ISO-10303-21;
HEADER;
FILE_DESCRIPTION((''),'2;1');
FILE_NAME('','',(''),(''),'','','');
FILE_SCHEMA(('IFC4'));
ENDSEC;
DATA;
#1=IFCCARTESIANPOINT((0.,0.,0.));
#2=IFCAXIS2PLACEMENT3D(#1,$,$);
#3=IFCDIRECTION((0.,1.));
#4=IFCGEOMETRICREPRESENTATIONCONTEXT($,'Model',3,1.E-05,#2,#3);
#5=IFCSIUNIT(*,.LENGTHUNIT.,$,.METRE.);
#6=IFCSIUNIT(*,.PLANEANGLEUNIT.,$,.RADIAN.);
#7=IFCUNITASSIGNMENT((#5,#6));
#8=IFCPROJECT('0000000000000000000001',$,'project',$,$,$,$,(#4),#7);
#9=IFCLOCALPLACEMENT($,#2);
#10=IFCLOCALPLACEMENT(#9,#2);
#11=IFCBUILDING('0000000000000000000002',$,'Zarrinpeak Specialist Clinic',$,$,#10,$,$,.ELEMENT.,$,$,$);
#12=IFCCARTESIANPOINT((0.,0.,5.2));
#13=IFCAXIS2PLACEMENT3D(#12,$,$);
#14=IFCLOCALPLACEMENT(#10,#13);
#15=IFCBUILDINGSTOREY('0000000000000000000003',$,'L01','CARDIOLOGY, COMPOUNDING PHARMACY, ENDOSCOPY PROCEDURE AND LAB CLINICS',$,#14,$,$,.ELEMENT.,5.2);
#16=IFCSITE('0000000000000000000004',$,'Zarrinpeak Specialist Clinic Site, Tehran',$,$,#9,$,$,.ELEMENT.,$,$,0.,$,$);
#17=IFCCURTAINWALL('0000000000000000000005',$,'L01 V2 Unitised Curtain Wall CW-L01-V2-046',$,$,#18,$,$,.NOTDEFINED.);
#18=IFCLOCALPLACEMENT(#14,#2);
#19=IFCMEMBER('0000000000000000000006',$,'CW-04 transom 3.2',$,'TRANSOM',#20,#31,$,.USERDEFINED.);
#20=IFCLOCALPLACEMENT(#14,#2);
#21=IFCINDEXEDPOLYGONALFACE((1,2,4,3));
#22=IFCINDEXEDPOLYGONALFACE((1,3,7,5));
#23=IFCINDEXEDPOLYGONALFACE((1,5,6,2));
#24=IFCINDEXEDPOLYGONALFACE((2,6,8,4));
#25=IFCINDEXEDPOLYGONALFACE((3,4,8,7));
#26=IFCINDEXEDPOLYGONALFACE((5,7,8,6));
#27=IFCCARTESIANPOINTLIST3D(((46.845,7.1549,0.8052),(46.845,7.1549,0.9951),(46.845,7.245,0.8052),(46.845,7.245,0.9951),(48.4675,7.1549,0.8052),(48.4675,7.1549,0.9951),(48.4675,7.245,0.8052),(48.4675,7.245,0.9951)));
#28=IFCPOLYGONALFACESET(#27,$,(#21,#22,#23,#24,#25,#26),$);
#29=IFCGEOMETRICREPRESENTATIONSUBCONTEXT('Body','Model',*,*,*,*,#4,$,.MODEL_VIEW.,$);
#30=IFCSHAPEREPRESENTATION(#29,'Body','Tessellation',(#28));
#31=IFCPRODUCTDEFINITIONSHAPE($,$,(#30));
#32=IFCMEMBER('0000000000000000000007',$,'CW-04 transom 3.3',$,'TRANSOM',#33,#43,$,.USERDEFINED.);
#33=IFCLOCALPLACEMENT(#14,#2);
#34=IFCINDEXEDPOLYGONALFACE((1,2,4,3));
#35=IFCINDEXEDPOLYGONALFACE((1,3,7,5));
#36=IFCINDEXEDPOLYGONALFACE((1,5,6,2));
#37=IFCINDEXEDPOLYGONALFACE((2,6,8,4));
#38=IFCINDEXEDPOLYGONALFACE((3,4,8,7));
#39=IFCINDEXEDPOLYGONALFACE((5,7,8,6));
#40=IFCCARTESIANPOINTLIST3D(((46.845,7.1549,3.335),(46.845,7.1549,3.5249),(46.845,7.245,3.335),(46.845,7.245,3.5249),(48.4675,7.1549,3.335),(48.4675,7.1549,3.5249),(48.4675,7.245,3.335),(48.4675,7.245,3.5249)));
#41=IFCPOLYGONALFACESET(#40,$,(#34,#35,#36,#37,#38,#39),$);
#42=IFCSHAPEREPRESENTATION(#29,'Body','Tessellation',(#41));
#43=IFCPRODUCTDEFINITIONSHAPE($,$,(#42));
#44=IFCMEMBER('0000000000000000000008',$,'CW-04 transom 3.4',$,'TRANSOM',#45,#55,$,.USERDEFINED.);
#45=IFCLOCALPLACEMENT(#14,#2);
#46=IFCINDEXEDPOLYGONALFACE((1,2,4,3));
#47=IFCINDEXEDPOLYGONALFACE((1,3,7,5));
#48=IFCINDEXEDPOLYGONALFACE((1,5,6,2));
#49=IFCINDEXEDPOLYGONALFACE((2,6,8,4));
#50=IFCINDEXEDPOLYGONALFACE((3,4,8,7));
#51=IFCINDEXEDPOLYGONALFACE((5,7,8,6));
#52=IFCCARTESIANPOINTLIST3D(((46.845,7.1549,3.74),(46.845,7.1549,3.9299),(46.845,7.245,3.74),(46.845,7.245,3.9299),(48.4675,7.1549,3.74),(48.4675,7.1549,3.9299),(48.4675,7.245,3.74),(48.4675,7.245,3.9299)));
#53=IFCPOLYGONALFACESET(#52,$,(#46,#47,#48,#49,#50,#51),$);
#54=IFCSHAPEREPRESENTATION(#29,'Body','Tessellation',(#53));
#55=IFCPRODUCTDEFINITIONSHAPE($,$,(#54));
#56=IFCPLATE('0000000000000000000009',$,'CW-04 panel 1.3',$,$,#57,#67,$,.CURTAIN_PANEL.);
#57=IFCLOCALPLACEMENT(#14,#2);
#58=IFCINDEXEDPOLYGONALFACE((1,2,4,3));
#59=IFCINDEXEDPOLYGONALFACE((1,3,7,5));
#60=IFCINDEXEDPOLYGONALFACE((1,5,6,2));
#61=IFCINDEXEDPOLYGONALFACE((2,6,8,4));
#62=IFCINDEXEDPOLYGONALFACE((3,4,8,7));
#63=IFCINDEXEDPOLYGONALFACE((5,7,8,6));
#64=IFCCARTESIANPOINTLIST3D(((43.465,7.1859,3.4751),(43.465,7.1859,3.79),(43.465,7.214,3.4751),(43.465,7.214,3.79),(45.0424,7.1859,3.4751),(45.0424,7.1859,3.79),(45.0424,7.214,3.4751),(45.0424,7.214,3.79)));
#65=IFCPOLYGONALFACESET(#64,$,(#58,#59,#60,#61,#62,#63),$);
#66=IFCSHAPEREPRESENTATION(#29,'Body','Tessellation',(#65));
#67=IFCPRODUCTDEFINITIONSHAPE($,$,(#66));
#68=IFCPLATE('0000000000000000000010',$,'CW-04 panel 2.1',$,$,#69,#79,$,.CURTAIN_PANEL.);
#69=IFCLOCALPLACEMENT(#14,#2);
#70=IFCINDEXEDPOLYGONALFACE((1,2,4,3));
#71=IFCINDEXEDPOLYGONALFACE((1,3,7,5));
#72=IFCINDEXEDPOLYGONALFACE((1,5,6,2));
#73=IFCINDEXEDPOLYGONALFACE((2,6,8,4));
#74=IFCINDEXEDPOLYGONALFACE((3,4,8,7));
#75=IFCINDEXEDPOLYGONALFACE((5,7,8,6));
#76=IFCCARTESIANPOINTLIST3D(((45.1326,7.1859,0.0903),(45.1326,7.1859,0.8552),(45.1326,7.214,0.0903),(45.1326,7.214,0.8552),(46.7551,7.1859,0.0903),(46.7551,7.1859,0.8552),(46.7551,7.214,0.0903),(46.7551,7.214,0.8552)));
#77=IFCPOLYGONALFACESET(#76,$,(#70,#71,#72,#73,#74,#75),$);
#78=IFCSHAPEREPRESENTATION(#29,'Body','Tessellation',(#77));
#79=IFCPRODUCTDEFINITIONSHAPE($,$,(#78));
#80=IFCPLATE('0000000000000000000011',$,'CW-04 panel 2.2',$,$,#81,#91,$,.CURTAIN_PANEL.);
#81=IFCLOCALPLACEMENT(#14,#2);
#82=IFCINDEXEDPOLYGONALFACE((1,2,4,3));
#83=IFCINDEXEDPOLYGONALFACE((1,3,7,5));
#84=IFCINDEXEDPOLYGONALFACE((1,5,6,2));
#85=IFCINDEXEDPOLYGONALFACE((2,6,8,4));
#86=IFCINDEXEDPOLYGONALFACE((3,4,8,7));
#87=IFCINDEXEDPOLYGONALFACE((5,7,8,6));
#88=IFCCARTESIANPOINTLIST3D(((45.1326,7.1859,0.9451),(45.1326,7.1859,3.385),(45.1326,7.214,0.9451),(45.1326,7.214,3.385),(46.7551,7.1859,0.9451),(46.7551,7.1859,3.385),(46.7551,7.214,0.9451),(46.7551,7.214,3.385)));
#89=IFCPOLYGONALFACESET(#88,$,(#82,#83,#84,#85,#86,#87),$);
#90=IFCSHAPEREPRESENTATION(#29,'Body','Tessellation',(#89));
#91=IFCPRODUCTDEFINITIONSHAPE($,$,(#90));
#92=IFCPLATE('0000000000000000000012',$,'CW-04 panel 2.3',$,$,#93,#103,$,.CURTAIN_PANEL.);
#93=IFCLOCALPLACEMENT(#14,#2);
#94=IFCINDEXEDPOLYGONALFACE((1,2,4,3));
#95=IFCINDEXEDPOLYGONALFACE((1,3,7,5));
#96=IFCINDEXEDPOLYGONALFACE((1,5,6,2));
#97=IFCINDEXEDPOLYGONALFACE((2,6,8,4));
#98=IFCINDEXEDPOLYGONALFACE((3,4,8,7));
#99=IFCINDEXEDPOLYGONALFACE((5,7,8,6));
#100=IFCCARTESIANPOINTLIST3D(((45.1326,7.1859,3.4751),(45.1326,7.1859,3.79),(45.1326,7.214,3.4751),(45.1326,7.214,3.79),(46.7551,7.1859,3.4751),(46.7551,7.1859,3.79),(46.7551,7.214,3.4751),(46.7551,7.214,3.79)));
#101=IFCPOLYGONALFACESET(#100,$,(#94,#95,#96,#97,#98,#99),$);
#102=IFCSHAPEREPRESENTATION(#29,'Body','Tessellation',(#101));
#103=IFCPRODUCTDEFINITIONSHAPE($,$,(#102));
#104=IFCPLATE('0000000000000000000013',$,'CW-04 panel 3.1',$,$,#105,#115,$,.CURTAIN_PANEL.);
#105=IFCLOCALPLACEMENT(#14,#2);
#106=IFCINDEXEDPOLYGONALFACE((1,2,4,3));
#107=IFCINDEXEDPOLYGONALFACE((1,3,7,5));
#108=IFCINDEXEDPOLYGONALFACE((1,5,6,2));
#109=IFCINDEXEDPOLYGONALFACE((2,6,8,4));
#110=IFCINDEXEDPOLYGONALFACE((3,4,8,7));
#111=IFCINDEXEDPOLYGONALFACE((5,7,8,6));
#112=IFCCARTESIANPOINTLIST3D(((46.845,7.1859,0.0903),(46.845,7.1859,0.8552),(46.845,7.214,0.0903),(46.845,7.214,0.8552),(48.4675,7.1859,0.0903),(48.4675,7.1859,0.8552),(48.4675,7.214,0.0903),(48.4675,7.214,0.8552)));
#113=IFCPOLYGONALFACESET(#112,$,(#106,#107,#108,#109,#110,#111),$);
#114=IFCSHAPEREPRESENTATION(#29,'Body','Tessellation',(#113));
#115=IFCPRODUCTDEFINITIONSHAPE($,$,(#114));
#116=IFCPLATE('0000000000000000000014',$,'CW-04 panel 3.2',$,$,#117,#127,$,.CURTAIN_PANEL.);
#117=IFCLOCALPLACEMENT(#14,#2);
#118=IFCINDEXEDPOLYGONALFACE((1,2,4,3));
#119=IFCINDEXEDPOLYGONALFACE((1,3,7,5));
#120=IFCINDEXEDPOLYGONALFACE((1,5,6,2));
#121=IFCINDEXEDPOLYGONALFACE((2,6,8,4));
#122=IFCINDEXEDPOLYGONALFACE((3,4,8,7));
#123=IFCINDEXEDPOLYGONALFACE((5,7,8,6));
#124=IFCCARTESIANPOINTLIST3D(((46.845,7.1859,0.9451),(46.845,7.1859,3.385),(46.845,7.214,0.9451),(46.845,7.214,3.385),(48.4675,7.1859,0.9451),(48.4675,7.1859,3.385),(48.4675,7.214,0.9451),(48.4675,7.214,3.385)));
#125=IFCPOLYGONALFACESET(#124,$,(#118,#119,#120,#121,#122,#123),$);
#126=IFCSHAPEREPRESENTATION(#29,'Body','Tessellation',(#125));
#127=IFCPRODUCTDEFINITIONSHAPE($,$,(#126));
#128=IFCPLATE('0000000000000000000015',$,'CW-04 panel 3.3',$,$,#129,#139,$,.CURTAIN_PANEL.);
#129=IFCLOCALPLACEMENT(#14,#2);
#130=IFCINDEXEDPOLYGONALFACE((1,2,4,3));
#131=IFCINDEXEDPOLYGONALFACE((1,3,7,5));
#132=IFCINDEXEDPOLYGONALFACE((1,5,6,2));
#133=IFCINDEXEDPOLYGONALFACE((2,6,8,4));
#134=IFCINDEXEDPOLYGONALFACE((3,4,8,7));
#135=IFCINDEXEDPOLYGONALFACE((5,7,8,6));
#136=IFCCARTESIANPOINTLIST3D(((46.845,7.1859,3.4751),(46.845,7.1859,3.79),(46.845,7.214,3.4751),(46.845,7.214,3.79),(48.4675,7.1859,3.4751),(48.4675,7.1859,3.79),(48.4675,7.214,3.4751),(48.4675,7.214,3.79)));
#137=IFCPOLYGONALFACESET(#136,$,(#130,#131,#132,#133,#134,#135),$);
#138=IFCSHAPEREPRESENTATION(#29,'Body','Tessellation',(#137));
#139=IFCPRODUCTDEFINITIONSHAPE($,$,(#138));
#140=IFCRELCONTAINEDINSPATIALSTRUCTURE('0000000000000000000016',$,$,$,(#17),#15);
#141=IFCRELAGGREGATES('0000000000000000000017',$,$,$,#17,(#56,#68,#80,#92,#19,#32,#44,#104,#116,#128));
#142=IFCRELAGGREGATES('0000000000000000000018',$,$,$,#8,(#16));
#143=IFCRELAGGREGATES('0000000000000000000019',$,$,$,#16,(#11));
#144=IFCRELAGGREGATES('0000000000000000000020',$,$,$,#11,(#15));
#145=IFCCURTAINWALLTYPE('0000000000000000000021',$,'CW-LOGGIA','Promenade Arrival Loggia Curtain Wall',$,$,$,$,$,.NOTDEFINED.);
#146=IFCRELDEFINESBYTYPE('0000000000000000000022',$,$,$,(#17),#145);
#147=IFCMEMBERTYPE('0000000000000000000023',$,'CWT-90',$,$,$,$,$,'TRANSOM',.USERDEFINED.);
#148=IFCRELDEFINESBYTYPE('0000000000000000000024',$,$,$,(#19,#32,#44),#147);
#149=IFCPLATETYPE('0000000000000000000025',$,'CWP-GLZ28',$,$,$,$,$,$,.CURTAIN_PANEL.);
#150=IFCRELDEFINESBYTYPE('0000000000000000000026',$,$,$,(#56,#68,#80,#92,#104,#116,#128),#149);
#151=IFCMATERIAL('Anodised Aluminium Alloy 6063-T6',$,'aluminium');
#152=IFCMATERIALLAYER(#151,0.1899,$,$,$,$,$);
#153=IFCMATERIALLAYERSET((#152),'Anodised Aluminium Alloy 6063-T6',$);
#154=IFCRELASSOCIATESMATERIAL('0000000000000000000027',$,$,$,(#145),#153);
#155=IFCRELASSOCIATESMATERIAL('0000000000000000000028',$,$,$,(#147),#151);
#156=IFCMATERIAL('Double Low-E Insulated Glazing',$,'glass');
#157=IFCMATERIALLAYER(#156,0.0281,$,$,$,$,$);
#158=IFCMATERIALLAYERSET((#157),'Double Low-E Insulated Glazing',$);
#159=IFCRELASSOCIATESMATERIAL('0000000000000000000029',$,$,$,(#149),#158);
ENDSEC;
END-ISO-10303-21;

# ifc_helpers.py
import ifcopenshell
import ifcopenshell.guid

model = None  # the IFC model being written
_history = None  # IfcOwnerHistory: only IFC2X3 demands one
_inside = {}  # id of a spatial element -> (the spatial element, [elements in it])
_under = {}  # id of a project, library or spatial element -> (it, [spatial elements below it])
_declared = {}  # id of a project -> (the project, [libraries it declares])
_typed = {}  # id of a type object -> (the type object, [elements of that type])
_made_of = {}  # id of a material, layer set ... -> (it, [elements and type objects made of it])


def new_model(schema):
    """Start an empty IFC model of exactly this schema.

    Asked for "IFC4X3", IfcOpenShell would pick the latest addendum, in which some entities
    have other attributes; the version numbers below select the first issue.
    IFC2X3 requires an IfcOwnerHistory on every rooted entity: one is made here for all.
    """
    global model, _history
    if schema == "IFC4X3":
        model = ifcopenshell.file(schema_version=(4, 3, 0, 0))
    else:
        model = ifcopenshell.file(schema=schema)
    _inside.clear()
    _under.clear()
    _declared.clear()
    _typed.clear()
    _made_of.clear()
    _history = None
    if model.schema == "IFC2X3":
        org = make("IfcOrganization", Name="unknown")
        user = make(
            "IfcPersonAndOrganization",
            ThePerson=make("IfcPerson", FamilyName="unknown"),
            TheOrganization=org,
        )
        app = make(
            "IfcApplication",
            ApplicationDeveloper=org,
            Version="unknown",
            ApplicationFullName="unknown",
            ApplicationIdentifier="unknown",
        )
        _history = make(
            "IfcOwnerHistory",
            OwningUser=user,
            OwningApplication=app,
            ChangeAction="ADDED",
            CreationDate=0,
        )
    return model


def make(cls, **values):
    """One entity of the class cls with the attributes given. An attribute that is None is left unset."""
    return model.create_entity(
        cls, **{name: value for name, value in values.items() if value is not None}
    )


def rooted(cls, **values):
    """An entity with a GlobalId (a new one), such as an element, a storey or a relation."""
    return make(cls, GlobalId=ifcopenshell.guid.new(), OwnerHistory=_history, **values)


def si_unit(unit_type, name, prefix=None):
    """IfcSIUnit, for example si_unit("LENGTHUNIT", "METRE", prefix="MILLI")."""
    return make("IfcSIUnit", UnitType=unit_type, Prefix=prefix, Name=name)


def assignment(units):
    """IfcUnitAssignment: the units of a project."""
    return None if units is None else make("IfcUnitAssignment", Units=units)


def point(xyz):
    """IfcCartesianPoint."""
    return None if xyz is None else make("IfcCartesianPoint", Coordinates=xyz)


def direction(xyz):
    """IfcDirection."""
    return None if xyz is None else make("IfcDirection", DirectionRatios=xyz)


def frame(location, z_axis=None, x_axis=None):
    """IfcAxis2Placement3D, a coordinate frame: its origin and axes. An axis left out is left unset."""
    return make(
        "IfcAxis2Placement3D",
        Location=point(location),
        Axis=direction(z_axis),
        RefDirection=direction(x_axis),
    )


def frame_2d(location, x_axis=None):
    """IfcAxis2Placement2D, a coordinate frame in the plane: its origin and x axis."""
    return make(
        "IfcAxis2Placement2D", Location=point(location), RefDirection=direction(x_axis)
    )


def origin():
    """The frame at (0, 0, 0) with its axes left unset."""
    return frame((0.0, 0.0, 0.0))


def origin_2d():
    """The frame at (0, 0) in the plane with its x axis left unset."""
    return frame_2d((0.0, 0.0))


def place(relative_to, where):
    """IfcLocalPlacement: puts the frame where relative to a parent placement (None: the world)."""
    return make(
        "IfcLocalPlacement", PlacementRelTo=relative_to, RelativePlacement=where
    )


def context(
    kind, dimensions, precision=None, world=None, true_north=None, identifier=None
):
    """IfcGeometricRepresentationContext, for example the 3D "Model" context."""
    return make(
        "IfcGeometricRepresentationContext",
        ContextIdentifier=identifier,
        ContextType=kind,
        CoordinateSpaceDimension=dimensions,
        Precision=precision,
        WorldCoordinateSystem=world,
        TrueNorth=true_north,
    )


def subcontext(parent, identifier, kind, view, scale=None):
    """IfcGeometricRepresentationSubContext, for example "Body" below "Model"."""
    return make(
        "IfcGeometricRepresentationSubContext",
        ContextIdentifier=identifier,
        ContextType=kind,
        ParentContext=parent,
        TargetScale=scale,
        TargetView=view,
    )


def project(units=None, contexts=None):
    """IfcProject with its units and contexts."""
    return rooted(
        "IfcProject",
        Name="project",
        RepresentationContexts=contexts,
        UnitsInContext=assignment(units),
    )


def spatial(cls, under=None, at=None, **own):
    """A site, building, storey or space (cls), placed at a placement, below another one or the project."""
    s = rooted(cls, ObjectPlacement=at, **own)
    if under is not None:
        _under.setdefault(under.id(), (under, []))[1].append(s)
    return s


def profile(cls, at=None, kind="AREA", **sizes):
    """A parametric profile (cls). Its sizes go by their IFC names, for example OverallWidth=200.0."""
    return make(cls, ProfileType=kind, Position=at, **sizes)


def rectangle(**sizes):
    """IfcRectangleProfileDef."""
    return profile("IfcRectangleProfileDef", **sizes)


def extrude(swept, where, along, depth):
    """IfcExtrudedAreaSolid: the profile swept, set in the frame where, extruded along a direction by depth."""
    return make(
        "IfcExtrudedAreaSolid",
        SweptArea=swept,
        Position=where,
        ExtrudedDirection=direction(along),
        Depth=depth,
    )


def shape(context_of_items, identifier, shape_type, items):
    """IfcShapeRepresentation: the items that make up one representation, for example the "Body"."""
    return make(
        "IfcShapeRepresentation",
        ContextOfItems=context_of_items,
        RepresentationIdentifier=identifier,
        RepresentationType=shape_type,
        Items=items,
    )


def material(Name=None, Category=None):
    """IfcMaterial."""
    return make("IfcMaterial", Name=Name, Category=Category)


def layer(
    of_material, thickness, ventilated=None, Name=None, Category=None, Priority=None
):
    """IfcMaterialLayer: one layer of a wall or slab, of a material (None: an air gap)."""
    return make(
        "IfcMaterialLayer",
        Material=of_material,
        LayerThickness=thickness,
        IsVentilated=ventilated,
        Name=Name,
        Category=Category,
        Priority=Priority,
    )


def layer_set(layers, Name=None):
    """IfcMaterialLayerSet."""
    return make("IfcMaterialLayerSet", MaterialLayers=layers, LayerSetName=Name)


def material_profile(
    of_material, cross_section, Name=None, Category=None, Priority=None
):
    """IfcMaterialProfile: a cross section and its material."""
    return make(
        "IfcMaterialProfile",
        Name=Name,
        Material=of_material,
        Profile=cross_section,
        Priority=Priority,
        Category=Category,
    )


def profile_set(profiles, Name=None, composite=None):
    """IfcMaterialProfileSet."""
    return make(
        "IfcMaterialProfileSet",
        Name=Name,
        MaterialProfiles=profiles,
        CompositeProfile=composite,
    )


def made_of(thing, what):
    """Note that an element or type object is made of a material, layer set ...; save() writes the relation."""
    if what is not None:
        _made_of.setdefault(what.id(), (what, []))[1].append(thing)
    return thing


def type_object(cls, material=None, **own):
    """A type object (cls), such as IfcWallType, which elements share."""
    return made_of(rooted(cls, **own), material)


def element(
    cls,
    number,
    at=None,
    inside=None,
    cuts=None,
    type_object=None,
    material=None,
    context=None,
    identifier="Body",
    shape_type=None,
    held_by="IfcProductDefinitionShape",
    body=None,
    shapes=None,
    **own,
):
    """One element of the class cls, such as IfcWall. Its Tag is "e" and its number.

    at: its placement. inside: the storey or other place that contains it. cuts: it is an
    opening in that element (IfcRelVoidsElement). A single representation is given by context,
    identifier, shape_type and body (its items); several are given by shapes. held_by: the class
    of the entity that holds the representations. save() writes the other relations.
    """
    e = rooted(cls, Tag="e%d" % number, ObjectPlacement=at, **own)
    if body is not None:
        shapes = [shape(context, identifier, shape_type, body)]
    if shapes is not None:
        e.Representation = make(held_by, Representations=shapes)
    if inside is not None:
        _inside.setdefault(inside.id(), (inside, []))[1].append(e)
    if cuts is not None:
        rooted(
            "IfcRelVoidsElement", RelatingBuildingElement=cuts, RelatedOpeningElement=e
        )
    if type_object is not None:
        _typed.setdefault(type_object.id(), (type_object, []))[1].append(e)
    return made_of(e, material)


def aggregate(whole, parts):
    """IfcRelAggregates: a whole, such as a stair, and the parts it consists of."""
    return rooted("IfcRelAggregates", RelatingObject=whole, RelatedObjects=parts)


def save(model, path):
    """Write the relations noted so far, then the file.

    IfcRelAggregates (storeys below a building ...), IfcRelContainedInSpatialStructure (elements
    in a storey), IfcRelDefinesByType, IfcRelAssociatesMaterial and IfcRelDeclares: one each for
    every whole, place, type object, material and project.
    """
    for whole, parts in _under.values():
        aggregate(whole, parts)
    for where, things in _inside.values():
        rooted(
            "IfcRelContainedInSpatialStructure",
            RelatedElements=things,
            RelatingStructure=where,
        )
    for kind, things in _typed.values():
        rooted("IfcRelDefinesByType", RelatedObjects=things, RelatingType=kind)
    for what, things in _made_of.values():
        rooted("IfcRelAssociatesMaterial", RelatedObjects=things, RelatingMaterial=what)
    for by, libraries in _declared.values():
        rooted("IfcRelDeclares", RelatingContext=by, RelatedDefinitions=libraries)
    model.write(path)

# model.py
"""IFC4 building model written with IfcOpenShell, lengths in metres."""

from ifc_helpers import new_model, si_unit, direction, frame, origin, origin_2d, place, context, subcontext, project, spatial, rectangle, extrude, material, layer, layer_set, material_profile, profile_set, type_object, element, aggregate, save


model = new_model("IFC4")

# Units and contexts
model_context = context("Model", 3, precision=1e-05, world=origin(), true_north=direction((0.0, 1.0)))
body_context = subcontext(model_context, "Body", "Model", "MODEL_VIEW")
ifc_project = project(units=[si_unit("LENGTHUNIT", "METRE"), si_unit("PLANEANGLEUNIT", "RADIAN")], contexts=[model_context])

# Site, building, storey
site_placement = place(None, origin())
site = spatial("IfcSite", under=ifc_project, at=site_placement, Name="Zarrinpeak Specialist Clinic Site, Tehran", CompositionType="ELEMENT", RefElevation=0.0)
building_placement = place(site_placement, origin())
building = spatial("IfcBuilding", under=site, at=building_placement, Name="Zarrinpeak Specialist Clinic", CompositionType="ELEMENT")
storey_placement = place(building_placement, frame((0.0, 0.0, 5.2)))
storey = spatial("IfcBuildingStorey", under=building, at=storey_placement, Name="L01", Description="CARDIOLOGY, COMPOUNDING PHARMACY, ENDOSCOPY PROCEDURE AND LAB CLINICS", CompositionType="ELEMENT", Elevation=5.2)

# Curtain wall, members, plates
ifc_material_1 = material(Name="Anodised Aluminium Alloy 6063-T6", Category="aluminium")
ifc_layer_1 = layer(ifc_material_1, 0.1899)
ifc_layer_set_1 = layer_set([ifc_layer_1], Name="Anodised Aluminium Alloy 6063-T6")
curtain_wall_type = type_object("IfcCurtainWallType", Name="CW-LOGGIA", Description="Promenade Arrival Loggia Curtain Wall", PredefinedType="NOTDEFINED", material=ifc_layer_set_1)
curtain_wall_placement = place(storey_placement, origin())
curtain_wall = element("IfcCurtainWall", 1, at=curtain_wall_placement, inside=storey, type_object=curtain_wall_type, Name="L01 V2 Unitised Curtain Wall CW-L01-V2-046", PredefinedType="NOTDEFINED")
ifc_material_profile_1 = material_profile(ifc_material_1, rectangle(XDim=0.0901, YDim=0.1899, at=origin_2d()), Name="ALU 90x190")
ifc_profile_set_1 = profile_set([ifc_material_profile_1], Name="Anodised Aluminium Alloy 6063-T6")
member_type_1 = type_object("IfcMemberType", Name="CWT-90", ElementType="TRANSOM", PredefinedType="USERDEFINED", material=ifc_profile_set_1)
member_1_placement = place(storey_placement, frame((46.845, 7.2, 0.9001), z_axis=(1.0, 0.0, 0.0), x_axis=(0.0, 1.0, 0.0)))
member_1 = element("IfcMember", 2, at=member_1_placement, type_object=member_type_1, Name="CW-04 transom 3.2", ObjectType="TRANSOM", PredefinedType="USERDEFINED", context=body_context, shape_type="SweptSolid", body=[
    extrude(rectangle(XDim=0.0901, YDim=0.1899, at=origin_2d()), origin(), (0.0, 0.0, 1.0), 1.6226),
])
member_2_placement = place(storey_placement, frame((46.845, 7.2, 3.4299), z_axis=(1.0, 0.0, 0.0), x_axis=(0.0, 1.0, 0.0)))
member_2 = element("IfcMember", 3, at=member_2_placement, type_object=member_type_1, Name="CW-04 transom 3.3", ObjectType="TRANSOM", PredefinedType="USERDEFINED", context=body_context, shape_type="SweptSolid", body=[
    extrude(rectangle(XDim=0.0901, YDim=0.1899, at=origin_2d()), origin(), (0.0, 0.0, 1.0), 1.6226),
])
member_3_placement = place(storey_placement, frame((46.845, 7.2, 3.835), z_axis=(1.0, 0.0, 0.0), x_axis=(0.0, 1.0, 0.0)))
member_3 = element("IfcMember", 4, at=member_3_placement, type_object=member_type_1, Name="CW-04 transom 3.4", ObjectType="TRANSOM", PredefinedType="USERDEFINED", context=body_context, shape_type="SweptSolid", body=[
    extrude(rectangle(XDim=0.0901, YDim=0.1899, at=origin_2d()), origin(), (0.0, 0.0, 1.0), 1.6226),
])
ifc_material_2 = material(Name="Double Low-E Insulated Glazing", Category="glass")
ifc_layer_2 = layer(ifc_material_2, 0.0281)
ifc_layer_set_2 = layer_set([ifc_layer_2], Name="Double Low-E Insulated Glazing")
plate_type = type_object("IfcPlateType", Name="CWP-GLZ28", PredefinedType="CURTAIN_PANEL", material=ifc_layer_set_2)
plate_1_placement = place(storey_placement, frame((44.2537, 7.2, 3.4751), z_axis=(0.0, 0.0, 1.0), x_axis=(1.0, 0.0, 0.0)))
plate_1 = element("IfcPlate", 5, at=plate_1_placement, type_object=plate_type, Name="CW-04 panel 1.3", PredefinedType="CURTAIN_PANEL", context=body_context, shape_type="SweptSolid", body=[
    extrude(rectangle(XDim=1.5774, YDim=0.0281, at=origin_2d()), origin(), (0.0, 0.0, 1.0), 0.3149),
])
plate_2_placement = place(storey_placement, frame((45.9438, 7.2, 0.0903), z_axis=(0.0, 0.0, 1.0), x_axis=(1.0, 0.0, 0.0)))
plate_2 = element("IfcPlate", 6, at=plate_2_placement, type_object=plate_type, Name="CW-04 panel 2.1", PredefinedType="CURTAIN_PANEL", context=body_context, shape_type="SweptSolid", body=[
    extrude(rectangle(XDim=1.6226, YDim=0.0281, at=origin_2d()), origin(), (0.0, 0.0, 1.0), 0.7649),
])
plate_3_placement = place(storey_placement, frame((45.9438, 7.2, 0.9451), z_axis=(0.0, 0.0, 1.0), x_axis=(1.0, 0.0, 0.0)))
plate_3 = element("IfcPlate", 7, at=plate_3_placement, type_object=plate_type, Name="CW-04 panel 2.2", PredefinedType="CURTAIN_PANEL", context=body_context, shape_type="SweptSolid", body=[
    extrude(rectangle(XDim=1.6226, YDim=0.0281, at=origin_2d()), origin(), (0.0, 0.0, 1.0), 2.4399),
])
plate_4_placement = place(storey_placement, frame((45.9438, 7.2, 3.4751), z_axis=(0.0, 0.0, 1.0), x_axis=(1.0, 0.0, 0.0)))
plate_4 = element("IfcPlate", 8, at=plate_4_placement, type_object=plate_type, Name="CW-04 panel 2.3", PredefinedType="CURTAIN_PANEL", context=body_context, shape_type="SweptSolid", body=[
    extrude(rectangle(XDim=1.6226, YDim=0.0281, at=origin_2d()), origin(), (0.0, 0.0, 1.0), 0.3149),
])
plate_5_placement = place(storey_placement, frame((47.6562, 7.2, 0.0903), z_axis=(0.0, 0.0, 1.0), x_axis=(1.0, 0.0, 0.0)))
plate_5 = element("IfcPlate", 9, at=plate_5_placement, type_object=plate_type, Name="CW-04 panel 3.1", PredefinedType="CURTAIN_PANEL", context=body_context, shape_type="SweptSolid", body=[
    extrude(rectangle(XDim=1.6226, YDim=0.0281, at=origin_2d()), origin(), (0.0, 0.0, 1.0), 0.7649),
])
plate_6_placement = place(storey_placement, frame((47.6562, 7.2, 0.9451), z_axis=(0.0, 0.0, 1.0), x_axis=(1.0, 0.0, 0.0)))
plate_6 = element("IfcPlate", 10, at=plate_6_placement, type_object=plate_type, Name="CW-04 panel 3.2", PredefinedType="CURTAIN_PANEL", context=body_context, shape_type="SweptSolid", body=[
    extrude(rectangle(XDim=1.6226, YDim=0.0281, at=origin_2d()), origin(), (0.0, 0.0, 1.0), 2.4399),
])
plate_7_placement = place(storey_placement, frame((47.6562, 7.2, 3.4751), z_axis=(0.0, 0.0, 1.0), x_axis=(1.0, 0.0, 0.0)))
plate_7 = element("IfcPlate", 11, at=plate_7_placement, type_object=plate_type, Name="CW-04 panel 3.3", PredefinedType="CURTAIN_PANEL", context=body_context, shape_type="SweptSolid", body=[
    extrude(rectangle(XDim=1.6226, YDim=0.0281, at=origin_2d()), origin(), (0.0, 0.0, 1.0), 0.3149),
])
aggregate(curtain_wall, [plate_1, plate_2, plate_3, plate_4, member_1, member_2, member_3, plate_5, plate_6, plate_7])

save(model, "model.ifc")
